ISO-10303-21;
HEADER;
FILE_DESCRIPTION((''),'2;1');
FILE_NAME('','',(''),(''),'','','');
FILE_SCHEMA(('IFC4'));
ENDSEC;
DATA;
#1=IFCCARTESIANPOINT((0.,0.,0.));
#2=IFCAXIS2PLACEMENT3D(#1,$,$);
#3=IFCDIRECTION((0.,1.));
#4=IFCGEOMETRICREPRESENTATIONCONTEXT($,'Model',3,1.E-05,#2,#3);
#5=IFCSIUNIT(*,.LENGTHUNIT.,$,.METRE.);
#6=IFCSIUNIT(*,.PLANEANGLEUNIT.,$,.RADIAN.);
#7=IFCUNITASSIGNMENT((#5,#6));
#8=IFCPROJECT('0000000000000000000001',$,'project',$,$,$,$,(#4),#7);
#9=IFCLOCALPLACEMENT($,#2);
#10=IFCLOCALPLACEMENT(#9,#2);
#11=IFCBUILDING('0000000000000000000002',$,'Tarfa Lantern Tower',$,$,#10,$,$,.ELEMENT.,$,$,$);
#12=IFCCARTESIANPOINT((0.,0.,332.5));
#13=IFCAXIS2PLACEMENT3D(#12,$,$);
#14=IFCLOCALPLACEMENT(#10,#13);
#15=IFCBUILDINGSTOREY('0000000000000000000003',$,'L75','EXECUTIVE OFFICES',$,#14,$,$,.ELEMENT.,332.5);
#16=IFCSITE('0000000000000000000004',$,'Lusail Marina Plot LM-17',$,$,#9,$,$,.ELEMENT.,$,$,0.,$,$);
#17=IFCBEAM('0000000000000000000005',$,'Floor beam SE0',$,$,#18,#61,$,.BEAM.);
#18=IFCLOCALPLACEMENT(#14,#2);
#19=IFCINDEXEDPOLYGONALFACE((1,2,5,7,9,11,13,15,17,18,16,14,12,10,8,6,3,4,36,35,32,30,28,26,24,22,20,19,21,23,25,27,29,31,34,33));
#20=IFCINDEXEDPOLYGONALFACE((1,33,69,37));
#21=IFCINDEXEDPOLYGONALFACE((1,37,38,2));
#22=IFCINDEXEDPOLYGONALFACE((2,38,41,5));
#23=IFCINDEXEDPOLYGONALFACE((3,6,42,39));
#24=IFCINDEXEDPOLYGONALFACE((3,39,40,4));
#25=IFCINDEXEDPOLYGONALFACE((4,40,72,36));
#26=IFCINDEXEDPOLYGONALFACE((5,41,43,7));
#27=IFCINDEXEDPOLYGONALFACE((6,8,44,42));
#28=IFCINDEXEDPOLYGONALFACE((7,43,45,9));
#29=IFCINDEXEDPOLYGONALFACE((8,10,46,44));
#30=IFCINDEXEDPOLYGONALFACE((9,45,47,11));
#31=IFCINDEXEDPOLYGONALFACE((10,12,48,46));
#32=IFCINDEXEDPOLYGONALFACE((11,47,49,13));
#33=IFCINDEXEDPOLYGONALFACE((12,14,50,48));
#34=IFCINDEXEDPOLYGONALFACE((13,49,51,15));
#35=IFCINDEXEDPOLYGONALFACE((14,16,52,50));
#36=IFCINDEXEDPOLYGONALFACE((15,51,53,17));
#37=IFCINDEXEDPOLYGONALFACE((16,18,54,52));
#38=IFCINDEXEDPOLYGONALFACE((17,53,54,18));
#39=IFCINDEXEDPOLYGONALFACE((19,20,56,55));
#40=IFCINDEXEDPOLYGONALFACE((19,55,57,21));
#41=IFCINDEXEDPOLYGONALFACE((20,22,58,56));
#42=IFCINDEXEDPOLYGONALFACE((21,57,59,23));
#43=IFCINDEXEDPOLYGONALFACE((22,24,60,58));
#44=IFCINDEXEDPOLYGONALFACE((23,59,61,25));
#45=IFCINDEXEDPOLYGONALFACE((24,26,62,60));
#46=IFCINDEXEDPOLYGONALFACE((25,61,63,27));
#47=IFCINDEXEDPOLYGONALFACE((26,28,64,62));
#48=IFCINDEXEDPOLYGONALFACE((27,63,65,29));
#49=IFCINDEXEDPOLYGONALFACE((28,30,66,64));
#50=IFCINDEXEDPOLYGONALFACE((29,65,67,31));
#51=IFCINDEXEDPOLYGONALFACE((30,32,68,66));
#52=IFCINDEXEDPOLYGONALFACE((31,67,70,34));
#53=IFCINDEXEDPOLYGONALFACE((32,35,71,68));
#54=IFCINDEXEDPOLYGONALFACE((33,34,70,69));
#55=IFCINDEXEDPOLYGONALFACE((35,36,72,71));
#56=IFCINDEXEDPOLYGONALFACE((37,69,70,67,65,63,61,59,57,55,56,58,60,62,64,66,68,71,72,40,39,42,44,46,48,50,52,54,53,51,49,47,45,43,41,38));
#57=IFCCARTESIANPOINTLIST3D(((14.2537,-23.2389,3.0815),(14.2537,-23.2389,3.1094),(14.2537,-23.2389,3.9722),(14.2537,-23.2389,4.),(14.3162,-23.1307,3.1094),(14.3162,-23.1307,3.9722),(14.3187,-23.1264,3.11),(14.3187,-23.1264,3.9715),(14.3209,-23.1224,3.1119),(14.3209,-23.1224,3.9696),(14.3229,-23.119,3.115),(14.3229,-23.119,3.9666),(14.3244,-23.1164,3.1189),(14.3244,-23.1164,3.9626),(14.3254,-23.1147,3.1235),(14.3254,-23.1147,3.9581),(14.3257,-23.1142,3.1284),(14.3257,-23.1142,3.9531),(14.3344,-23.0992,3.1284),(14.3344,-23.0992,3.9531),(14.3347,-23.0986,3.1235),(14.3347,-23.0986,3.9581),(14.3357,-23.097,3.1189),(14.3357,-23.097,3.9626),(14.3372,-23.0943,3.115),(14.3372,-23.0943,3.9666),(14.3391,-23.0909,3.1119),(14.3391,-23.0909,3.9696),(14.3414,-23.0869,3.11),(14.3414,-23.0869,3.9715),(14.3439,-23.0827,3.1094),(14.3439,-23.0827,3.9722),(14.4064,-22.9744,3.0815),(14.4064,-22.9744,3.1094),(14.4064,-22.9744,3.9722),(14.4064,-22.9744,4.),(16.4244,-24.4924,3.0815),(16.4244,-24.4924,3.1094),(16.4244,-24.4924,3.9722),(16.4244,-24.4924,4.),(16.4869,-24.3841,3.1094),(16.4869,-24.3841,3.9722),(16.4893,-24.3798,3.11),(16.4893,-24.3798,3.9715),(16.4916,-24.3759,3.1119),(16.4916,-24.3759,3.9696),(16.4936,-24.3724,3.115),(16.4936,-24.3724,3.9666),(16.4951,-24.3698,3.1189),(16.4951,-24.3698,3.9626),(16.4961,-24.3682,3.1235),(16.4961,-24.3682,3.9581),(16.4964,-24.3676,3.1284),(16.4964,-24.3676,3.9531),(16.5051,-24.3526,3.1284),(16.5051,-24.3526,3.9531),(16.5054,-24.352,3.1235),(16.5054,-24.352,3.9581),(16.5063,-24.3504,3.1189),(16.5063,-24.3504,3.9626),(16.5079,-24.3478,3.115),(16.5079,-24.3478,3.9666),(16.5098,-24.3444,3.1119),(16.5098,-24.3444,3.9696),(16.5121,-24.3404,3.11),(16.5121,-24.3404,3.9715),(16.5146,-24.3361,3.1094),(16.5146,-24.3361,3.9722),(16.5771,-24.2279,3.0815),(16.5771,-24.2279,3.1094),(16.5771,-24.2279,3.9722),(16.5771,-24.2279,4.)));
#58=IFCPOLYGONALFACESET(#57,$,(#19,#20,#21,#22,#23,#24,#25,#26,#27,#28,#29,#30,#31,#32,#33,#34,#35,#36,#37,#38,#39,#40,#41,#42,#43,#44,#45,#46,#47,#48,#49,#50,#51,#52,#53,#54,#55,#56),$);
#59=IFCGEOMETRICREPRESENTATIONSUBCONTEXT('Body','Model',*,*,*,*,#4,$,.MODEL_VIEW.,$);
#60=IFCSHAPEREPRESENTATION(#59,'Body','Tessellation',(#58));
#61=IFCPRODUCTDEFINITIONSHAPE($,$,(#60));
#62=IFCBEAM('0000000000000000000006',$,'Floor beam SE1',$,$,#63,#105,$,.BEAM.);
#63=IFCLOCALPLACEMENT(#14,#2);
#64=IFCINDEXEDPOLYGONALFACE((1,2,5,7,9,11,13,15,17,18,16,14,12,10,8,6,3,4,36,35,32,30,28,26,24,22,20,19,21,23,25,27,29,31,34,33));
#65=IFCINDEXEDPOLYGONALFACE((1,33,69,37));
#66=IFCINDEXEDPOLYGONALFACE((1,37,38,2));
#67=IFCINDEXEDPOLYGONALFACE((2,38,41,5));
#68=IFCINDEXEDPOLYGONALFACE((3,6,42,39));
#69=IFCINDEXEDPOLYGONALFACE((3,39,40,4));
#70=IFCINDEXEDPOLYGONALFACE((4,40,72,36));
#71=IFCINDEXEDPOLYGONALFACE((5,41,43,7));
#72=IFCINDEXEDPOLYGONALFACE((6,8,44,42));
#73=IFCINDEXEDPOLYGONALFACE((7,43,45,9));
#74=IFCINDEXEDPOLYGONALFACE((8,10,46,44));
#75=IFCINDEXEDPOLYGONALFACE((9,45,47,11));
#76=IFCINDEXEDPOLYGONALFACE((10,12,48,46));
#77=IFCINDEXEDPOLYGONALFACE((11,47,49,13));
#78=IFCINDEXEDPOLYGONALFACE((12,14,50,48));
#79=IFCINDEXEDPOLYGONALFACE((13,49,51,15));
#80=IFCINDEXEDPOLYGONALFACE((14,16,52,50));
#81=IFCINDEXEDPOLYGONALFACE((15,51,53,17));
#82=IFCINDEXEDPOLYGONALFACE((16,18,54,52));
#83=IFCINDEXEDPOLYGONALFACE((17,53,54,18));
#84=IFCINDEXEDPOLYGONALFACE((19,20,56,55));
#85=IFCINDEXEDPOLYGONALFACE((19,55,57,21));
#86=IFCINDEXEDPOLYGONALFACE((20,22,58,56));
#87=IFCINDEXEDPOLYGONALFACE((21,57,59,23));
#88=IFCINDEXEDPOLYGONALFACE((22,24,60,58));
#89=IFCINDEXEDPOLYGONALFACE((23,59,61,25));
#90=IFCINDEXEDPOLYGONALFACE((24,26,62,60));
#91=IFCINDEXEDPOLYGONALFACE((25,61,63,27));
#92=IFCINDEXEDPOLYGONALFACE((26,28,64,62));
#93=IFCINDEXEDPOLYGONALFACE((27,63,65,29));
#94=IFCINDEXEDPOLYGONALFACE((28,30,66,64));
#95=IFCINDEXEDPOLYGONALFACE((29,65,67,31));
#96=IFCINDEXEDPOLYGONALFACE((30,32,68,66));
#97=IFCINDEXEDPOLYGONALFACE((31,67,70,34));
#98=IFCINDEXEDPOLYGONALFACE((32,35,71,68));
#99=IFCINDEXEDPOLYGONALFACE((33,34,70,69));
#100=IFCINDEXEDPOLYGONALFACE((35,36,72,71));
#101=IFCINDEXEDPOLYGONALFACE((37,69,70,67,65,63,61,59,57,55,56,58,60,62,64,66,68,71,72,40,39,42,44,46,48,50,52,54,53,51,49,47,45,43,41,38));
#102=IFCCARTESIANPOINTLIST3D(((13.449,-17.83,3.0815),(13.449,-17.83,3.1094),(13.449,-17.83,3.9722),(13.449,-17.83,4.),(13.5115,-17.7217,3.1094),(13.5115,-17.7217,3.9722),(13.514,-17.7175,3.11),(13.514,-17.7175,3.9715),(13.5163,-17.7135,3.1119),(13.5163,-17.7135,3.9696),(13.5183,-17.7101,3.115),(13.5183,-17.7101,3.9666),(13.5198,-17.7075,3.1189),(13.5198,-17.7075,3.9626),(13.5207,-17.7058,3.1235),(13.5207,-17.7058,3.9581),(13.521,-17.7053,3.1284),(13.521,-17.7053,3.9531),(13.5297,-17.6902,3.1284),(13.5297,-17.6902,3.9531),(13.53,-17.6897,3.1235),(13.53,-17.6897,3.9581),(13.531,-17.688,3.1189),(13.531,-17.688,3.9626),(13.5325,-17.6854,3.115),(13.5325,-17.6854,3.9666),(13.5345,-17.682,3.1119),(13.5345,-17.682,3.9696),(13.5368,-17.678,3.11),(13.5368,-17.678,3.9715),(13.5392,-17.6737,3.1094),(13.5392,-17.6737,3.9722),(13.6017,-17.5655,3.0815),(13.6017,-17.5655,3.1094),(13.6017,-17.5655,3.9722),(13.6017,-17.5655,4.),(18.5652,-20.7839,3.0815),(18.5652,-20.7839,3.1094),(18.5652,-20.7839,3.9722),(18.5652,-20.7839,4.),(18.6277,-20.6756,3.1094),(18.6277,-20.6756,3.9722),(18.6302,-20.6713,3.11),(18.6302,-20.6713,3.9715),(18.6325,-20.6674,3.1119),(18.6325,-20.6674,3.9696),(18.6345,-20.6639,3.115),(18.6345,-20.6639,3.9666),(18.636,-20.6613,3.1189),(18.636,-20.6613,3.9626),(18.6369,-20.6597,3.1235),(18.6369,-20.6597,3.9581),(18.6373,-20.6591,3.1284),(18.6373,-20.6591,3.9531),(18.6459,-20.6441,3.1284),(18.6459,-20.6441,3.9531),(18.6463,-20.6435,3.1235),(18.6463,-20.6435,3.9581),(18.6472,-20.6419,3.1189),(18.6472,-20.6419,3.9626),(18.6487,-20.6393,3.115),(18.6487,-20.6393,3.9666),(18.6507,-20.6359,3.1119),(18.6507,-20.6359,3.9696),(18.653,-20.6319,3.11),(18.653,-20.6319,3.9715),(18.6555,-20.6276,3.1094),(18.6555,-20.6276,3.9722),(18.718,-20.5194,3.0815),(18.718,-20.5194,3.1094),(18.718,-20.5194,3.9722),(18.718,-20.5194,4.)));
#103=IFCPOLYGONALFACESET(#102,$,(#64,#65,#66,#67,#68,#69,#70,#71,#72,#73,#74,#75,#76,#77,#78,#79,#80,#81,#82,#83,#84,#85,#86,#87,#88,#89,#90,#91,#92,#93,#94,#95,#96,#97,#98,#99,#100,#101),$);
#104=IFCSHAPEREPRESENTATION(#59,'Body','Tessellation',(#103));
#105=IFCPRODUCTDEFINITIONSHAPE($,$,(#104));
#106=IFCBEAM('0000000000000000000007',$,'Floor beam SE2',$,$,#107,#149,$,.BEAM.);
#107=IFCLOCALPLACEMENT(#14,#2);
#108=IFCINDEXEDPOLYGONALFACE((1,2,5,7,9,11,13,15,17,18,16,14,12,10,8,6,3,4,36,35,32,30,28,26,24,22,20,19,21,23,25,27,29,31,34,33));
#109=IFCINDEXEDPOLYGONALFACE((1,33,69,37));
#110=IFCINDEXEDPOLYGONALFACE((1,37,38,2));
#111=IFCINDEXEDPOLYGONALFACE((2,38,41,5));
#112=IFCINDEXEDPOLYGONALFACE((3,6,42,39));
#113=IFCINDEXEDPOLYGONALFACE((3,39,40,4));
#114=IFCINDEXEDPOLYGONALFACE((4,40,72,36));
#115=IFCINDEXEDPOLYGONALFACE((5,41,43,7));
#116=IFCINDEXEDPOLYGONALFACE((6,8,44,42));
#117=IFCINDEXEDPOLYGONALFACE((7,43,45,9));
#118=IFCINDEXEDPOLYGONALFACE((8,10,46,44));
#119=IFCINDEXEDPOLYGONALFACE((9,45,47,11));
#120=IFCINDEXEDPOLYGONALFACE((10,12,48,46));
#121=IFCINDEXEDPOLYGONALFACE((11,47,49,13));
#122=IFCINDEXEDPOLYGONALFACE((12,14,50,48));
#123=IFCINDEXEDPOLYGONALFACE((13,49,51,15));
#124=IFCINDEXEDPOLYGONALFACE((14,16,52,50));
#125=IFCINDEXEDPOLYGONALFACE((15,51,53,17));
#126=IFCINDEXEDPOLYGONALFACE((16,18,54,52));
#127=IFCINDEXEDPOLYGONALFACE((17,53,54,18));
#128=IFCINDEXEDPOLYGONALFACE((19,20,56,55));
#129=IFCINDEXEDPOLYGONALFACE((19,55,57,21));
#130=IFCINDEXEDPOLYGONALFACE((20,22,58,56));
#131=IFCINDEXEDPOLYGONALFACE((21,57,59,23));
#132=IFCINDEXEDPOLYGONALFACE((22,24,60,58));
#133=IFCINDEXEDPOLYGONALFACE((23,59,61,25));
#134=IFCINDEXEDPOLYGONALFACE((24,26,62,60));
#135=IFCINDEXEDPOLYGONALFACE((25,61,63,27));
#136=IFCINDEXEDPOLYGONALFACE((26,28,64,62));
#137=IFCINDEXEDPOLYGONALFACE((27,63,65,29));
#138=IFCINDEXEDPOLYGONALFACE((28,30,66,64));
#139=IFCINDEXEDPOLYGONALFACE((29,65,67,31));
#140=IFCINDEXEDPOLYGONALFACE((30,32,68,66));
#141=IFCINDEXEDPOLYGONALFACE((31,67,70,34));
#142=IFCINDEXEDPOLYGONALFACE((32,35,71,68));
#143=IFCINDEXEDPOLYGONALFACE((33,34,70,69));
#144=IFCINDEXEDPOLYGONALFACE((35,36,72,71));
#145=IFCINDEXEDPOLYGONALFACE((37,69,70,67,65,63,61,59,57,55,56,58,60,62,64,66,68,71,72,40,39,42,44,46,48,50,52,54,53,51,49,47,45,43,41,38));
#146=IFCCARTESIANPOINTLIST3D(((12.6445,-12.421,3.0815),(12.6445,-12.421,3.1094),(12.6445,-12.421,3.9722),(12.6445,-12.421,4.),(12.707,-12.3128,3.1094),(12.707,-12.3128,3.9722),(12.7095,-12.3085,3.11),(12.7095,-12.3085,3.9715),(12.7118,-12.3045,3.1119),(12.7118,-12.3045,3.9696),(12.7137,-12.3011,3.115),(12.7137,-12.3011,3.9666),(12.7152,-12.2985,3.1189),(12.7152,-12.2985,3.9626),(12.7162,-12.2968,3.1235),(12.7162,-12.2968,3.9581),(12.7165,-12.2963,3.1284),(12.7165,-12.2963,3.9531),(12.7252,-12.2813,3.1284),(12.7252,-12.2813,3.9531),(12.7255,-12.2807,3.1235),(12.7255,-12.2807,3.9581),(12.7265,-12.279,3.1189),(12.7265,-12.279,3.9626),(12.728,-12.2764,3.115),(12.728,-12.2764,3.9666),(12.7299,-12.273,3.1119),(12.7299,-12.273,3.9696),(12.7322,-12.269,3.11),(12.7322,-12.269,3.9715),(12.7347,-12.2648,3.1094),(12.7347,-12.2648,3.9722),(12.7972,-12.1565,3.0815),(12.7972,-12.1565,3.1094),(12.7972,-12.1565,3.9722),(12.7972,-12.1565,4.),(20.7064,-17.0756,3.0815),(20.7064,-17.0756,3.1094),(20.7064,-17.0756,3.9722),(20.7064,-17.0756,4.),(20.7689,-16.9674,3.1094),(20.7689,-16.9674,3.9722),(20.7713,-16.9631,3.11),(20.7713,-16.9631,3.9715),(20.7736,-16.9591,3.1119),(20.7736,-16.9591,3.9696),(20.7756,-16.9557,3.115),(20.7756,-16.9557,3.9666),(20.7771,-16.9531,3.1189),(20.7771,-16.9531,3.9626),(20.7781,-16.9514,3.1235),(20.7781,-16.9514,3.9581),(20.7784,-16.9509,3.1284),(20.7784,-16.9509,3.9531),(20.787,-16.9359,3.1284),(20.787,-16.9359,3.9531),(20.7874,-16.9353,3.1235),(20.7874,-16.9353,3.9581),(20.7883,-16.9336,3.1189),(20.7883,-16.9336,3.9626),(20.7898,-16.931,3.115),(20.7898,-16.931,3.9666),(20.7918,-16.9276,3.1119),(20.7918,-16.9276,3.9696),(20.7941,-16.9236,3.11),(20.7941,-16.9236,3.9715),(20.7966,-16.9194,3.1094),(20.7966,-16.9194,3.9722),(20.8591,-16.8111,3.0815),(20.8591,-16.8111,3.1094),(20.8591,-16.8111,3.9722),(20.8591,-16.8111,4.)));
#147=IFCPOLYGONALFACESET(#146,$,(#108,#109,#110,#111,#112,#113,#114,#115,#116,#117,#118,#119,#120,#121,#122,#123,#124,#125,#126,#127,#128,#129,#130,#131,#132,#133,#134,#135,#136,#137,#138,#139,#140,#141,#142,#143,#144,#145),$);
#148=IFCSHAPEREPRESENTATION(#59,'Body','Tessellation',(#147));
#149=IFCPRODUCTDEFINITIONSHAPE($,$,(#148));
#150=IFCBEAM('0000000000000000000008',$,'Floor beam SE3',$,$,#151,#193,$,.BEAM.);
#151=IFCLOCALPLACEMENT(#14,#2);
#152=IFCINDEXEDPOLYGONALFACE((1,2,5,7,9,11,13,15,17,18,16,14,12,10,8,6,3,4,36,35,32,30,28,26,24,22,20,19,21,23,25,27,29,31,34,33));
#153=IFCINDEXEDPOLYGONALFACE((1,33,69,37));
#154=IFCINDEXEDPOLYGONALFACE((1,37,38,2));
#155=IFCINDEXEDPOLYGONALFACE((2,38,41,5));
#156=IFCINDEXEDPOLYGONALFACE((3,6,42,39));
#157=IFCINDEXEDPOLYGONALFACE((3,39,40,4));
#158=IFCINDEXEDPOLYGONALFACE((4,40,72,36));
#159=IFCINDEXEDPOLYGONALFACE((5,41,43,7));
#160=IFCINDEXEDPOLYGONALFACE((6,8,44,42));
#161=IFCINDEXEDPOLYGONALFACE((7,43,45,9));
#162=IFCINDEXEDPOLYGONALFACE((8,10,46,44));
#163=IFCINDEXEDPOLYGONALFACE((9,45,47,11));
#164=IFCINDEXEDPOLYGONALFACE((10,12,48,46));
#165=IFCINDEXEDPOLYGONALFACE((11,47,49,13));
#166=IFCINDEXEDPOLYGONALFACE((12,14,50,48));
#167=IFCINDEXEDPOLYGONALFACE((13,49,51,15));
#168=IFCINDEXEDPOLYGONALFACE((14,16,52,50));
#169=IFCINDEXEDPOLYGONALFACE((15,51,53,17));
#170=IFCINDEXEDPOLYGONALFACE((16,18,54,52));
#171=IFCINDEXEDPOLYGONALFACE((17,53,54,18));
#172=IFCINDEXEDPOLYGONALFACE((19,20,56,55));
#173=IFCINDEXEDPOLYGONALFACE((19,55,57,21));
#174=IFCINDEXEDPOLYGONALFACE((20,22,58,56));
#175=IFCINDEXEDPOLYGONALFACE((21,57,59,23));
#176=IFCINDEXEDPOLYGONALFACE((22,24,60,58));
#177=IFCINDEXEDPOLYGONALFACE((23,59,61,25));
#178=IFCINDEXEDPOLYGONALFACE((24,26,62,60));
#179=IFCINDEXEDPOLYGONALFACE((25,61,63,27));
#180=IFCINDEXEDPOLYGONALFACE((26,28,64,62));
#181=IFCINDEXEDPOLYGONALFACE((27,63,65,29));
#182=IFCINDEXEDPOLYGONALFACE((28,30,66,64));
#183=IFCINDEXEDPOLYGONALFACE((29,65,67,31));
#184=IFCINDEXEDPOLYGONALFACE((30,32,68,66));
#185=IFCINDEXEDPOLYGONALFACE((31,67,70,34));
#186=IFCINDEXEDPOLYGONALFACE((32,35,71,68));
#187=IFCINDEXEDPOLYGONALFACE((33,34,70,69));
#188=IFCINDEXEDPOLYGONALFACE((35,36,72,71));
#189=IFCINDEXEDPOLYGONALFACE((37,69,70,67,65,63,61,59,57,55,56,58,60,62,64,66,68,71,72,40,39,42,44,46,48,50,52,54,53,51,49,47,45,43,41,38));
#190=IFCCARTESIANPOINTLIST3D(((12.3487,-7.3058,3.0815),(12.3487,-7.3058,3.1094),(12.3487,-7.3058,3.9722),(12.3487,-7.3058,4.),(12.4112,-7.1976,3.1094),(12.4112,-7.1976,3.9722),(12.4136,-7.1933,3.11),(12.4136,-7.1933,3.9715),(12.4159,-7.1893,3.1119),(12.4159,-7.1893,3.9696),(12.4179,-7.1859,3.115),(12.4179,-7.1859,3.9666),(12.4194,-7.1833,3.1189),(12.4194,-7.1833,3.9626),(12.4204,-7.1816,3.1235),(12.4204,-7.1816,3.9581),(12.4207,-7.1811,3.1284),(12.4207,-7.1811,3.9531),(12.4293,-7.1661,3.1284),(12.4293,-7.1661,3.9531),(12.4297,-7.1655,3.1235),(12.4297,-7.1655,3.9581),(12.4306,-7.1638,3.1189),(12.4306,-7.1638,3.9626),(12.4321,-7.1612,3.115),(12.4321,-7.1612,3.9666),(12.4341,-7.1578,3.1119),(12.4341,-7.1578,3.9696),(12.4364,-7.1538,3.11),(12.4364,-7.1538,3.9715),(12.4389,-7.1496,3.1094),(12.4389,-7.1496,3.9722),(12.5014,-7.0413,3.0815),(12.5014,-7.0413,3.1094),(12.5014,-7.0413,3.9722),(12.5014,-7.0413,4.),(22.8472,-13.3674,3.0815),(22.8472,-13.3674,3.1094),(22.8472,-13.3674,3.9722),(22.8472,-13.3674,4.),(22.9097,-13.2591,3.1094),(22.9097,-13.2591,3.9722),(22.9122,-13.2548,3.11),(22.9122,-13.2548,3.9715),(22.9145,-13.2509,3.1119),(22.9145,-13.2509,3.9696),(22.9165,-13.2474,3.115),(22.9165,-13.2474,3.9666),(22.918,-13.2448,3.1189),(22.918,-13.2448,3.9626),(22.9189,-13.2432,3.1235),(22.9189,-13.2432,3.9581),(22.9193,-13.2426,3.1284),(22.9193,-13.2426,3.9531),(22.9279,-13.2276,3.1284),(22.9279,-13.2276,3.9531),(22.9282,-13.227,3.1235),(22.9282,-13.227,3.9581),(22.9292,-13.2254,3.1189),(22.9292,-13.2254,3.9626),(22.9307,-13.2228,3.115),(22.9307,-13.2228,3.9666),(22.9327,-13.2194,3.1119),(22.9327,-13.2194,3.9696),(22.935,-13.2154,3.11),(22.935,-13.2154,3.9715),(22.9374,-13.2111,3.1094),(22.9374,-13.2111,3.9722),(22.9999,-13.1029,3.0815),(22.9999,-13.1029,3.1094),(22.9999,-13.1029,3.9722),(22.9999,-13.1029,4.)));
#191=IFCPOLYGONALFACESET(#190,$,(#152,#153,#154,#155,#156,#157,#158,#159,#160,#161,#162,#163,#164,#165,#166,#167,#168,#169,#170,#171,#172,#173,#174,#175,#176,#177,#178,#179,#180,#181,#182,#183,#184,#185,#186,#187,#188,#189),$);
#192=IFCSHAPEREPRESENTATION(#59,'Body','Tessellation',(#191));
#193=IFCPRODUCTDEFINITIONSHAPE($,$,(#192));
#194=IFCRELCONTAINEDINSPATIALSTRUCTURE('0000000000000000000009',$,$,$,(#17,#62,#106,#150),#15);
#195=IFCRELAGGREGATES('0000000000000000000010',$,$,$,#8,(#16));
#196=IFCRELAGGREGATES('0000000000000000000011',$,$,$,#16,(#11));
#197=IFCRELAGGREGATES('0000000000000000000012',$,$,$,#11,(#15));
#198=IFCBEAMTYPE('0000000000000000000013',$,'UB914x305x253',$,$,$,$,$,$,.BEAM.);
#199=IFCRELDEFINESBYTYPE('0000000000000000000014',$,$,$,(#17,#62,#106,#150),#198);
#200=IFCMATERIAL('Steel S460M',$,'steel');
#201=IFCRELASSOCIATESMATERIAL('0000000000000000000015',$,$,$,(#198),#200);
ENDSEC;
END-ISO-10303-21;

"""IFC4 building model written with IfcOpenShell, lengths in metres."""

from ifc_helpers import new_model, si_unit, direction, frame, origin, origin_2d, place, context, subcontext, project, spatial, i_section, extrude, material, material_profile, profile_set, type_object, element, save


model = new_model("IFC4")

# Units and contexts
model_context = context("Model", 3, precision=1e-05, world=origin(), true_north=direction((0.0, 1.0)))
body_context = subcontext(model_context, "Body", "Model", "MODEL_VIEW")
ifc_project = project(units=[si_unit("LENGTHUNIT", "METRE"), si_unit("PLANEANGLEUNIT", "RADIAN")], contexts=[model_context])

# Site, building, storey
site_placement = place(None, origin())
site = spatial("IfcSite", under=ifc_project, at=site_placement, Name="Lusail Marina Plot LM-17", CompositionType="ELEMENT", RefElevation=0.0)
building_placement = place(site_placement, origin())
building = spatial("IfcBuilding", under=site, at=building_placement, Name="Tarfa Lantern Tower", CompositionType="ELEMENT")
storey_placement = place(building_placement, frame((0.0, 0.0, 332.5)))
storey = spatial("IfcBuildingStorey", under=building, at=storey_placement, Name="L75", Description="EXECUTIVE OFFICES", CompositionType="ELEMENT", Elevation=332.5)

# Beams
ifc_material_1 = material(Name="Steel S460M", Category="steel")
ifc_material_profile_1 = material_profile(ifc_material_1, i_section(OverallWidth=0.3054, OverallDepth=0.9185, WebThickness=0.0173, FlangeThickness=0.0278, FilletRadius=0.019, at=origin_2d()), Name="UB914x305x253")
ifc_profile_set_1 = profile_set([ifc_material_profile_1], Name="Steel S460M")
beam_type_1 = type_object("IfcBeamType", Name="UB914x305x253", PredefinedType="BEAM", material=ifc_profile_set_1)
beam_1_placement = place(storey_placement, frame((16.5007, -24.3601, 3.5408), z_axis=(-0.865993, 0.500057, 0.0), x_axis=(-0.500057, -0.865993, 0.0)))
element("IfcBeam", 1, at=beam_1_placement, inside=storey, type_object=beam_type_1, Name="Floor beam SE0", PredefinedType="BEAM", context=body_context, shape_type="SweptSolid", body=[
    extrude(i_section(OverallWidth=0.3054, OverallDepth=0.9185, WebThickness=0.0173, FlangeThickness=0.0278, FilletRadius=0.019, at=origin_2d()), origin(), (0.0, 0.0, 1.0), 2.5066),
])
beam_2_placement = place(storey_placement, frame((18.6416, -20.6516, 3.5408), z_axis=(-0.866025, 0.500001, 0.0), x_axis=(-0.500001, -0.866025, 0.0)))
element("IfcBeam", 2, at=beam_2_placement, inside=storey, type_object=beam_type_1, Name="Floor beam SE1", PredefinedType="BEAM", context=body_context, shape_type="SweptSolid", body=[
    extrude(i_section(OverallWidth=0.3054, OverallDepth=0.9185, WebThickness=0.0173, FlangeThickness=0.0278, FilletRadius=0.019, at=origin_2d()), origin(), (0.0, 0.0, 1.0), 5.9077),
])
beam_3_placement = place(storey_placement, frame((20.7827, -16.9434, 3.5408), z_axis=(-0.866022, 0.500006, 0.0), x_axis=(-0.500006, -0.866022, 0.0)))
element("IfcBeam", 3, at=beam_3_placement, inside=storey, type_object=beam_type_1, Name="Floor beam SE2", PredefinedType="BEAM", context=body_context, shape_type="SweptSolid", body=[
    extrude(i_section(OverallWidth=0.3054, OverallDepth=0.9185, WebThickness=0.0173, FlangeThickness=0.0278, FilletRadius=0.019, at=origin_2d()), origin(), (0.0, 0.0, 1.0), 9.3091),
])
beam_4_placement = place(storey_placement, frame((22.9236, -13.2351, 3.5408), z_axis=(-0.866019, 0.500012, 0.0), x_axis=(-0.500012, -0.866019, 0.0)))
element("IfcBeam", 4, at=beam_4_placement, inside=storey, type_object=beam_type_1, Name="Floor beam SE3", PredefinedType="BEAM", context=body_context, shape_type="SweptSolid", body=[
    extrude(i_section(OverallWidth=0.3054, OverallDepth=0.9185, WebThickness=0.0173, FlangeThickness=0.0278, FilletRadius=0.019, at=origin_2d()), origin(), (0.0, 0.0, 1.0), 12.1228),
])

save(model, "model.ifc")
